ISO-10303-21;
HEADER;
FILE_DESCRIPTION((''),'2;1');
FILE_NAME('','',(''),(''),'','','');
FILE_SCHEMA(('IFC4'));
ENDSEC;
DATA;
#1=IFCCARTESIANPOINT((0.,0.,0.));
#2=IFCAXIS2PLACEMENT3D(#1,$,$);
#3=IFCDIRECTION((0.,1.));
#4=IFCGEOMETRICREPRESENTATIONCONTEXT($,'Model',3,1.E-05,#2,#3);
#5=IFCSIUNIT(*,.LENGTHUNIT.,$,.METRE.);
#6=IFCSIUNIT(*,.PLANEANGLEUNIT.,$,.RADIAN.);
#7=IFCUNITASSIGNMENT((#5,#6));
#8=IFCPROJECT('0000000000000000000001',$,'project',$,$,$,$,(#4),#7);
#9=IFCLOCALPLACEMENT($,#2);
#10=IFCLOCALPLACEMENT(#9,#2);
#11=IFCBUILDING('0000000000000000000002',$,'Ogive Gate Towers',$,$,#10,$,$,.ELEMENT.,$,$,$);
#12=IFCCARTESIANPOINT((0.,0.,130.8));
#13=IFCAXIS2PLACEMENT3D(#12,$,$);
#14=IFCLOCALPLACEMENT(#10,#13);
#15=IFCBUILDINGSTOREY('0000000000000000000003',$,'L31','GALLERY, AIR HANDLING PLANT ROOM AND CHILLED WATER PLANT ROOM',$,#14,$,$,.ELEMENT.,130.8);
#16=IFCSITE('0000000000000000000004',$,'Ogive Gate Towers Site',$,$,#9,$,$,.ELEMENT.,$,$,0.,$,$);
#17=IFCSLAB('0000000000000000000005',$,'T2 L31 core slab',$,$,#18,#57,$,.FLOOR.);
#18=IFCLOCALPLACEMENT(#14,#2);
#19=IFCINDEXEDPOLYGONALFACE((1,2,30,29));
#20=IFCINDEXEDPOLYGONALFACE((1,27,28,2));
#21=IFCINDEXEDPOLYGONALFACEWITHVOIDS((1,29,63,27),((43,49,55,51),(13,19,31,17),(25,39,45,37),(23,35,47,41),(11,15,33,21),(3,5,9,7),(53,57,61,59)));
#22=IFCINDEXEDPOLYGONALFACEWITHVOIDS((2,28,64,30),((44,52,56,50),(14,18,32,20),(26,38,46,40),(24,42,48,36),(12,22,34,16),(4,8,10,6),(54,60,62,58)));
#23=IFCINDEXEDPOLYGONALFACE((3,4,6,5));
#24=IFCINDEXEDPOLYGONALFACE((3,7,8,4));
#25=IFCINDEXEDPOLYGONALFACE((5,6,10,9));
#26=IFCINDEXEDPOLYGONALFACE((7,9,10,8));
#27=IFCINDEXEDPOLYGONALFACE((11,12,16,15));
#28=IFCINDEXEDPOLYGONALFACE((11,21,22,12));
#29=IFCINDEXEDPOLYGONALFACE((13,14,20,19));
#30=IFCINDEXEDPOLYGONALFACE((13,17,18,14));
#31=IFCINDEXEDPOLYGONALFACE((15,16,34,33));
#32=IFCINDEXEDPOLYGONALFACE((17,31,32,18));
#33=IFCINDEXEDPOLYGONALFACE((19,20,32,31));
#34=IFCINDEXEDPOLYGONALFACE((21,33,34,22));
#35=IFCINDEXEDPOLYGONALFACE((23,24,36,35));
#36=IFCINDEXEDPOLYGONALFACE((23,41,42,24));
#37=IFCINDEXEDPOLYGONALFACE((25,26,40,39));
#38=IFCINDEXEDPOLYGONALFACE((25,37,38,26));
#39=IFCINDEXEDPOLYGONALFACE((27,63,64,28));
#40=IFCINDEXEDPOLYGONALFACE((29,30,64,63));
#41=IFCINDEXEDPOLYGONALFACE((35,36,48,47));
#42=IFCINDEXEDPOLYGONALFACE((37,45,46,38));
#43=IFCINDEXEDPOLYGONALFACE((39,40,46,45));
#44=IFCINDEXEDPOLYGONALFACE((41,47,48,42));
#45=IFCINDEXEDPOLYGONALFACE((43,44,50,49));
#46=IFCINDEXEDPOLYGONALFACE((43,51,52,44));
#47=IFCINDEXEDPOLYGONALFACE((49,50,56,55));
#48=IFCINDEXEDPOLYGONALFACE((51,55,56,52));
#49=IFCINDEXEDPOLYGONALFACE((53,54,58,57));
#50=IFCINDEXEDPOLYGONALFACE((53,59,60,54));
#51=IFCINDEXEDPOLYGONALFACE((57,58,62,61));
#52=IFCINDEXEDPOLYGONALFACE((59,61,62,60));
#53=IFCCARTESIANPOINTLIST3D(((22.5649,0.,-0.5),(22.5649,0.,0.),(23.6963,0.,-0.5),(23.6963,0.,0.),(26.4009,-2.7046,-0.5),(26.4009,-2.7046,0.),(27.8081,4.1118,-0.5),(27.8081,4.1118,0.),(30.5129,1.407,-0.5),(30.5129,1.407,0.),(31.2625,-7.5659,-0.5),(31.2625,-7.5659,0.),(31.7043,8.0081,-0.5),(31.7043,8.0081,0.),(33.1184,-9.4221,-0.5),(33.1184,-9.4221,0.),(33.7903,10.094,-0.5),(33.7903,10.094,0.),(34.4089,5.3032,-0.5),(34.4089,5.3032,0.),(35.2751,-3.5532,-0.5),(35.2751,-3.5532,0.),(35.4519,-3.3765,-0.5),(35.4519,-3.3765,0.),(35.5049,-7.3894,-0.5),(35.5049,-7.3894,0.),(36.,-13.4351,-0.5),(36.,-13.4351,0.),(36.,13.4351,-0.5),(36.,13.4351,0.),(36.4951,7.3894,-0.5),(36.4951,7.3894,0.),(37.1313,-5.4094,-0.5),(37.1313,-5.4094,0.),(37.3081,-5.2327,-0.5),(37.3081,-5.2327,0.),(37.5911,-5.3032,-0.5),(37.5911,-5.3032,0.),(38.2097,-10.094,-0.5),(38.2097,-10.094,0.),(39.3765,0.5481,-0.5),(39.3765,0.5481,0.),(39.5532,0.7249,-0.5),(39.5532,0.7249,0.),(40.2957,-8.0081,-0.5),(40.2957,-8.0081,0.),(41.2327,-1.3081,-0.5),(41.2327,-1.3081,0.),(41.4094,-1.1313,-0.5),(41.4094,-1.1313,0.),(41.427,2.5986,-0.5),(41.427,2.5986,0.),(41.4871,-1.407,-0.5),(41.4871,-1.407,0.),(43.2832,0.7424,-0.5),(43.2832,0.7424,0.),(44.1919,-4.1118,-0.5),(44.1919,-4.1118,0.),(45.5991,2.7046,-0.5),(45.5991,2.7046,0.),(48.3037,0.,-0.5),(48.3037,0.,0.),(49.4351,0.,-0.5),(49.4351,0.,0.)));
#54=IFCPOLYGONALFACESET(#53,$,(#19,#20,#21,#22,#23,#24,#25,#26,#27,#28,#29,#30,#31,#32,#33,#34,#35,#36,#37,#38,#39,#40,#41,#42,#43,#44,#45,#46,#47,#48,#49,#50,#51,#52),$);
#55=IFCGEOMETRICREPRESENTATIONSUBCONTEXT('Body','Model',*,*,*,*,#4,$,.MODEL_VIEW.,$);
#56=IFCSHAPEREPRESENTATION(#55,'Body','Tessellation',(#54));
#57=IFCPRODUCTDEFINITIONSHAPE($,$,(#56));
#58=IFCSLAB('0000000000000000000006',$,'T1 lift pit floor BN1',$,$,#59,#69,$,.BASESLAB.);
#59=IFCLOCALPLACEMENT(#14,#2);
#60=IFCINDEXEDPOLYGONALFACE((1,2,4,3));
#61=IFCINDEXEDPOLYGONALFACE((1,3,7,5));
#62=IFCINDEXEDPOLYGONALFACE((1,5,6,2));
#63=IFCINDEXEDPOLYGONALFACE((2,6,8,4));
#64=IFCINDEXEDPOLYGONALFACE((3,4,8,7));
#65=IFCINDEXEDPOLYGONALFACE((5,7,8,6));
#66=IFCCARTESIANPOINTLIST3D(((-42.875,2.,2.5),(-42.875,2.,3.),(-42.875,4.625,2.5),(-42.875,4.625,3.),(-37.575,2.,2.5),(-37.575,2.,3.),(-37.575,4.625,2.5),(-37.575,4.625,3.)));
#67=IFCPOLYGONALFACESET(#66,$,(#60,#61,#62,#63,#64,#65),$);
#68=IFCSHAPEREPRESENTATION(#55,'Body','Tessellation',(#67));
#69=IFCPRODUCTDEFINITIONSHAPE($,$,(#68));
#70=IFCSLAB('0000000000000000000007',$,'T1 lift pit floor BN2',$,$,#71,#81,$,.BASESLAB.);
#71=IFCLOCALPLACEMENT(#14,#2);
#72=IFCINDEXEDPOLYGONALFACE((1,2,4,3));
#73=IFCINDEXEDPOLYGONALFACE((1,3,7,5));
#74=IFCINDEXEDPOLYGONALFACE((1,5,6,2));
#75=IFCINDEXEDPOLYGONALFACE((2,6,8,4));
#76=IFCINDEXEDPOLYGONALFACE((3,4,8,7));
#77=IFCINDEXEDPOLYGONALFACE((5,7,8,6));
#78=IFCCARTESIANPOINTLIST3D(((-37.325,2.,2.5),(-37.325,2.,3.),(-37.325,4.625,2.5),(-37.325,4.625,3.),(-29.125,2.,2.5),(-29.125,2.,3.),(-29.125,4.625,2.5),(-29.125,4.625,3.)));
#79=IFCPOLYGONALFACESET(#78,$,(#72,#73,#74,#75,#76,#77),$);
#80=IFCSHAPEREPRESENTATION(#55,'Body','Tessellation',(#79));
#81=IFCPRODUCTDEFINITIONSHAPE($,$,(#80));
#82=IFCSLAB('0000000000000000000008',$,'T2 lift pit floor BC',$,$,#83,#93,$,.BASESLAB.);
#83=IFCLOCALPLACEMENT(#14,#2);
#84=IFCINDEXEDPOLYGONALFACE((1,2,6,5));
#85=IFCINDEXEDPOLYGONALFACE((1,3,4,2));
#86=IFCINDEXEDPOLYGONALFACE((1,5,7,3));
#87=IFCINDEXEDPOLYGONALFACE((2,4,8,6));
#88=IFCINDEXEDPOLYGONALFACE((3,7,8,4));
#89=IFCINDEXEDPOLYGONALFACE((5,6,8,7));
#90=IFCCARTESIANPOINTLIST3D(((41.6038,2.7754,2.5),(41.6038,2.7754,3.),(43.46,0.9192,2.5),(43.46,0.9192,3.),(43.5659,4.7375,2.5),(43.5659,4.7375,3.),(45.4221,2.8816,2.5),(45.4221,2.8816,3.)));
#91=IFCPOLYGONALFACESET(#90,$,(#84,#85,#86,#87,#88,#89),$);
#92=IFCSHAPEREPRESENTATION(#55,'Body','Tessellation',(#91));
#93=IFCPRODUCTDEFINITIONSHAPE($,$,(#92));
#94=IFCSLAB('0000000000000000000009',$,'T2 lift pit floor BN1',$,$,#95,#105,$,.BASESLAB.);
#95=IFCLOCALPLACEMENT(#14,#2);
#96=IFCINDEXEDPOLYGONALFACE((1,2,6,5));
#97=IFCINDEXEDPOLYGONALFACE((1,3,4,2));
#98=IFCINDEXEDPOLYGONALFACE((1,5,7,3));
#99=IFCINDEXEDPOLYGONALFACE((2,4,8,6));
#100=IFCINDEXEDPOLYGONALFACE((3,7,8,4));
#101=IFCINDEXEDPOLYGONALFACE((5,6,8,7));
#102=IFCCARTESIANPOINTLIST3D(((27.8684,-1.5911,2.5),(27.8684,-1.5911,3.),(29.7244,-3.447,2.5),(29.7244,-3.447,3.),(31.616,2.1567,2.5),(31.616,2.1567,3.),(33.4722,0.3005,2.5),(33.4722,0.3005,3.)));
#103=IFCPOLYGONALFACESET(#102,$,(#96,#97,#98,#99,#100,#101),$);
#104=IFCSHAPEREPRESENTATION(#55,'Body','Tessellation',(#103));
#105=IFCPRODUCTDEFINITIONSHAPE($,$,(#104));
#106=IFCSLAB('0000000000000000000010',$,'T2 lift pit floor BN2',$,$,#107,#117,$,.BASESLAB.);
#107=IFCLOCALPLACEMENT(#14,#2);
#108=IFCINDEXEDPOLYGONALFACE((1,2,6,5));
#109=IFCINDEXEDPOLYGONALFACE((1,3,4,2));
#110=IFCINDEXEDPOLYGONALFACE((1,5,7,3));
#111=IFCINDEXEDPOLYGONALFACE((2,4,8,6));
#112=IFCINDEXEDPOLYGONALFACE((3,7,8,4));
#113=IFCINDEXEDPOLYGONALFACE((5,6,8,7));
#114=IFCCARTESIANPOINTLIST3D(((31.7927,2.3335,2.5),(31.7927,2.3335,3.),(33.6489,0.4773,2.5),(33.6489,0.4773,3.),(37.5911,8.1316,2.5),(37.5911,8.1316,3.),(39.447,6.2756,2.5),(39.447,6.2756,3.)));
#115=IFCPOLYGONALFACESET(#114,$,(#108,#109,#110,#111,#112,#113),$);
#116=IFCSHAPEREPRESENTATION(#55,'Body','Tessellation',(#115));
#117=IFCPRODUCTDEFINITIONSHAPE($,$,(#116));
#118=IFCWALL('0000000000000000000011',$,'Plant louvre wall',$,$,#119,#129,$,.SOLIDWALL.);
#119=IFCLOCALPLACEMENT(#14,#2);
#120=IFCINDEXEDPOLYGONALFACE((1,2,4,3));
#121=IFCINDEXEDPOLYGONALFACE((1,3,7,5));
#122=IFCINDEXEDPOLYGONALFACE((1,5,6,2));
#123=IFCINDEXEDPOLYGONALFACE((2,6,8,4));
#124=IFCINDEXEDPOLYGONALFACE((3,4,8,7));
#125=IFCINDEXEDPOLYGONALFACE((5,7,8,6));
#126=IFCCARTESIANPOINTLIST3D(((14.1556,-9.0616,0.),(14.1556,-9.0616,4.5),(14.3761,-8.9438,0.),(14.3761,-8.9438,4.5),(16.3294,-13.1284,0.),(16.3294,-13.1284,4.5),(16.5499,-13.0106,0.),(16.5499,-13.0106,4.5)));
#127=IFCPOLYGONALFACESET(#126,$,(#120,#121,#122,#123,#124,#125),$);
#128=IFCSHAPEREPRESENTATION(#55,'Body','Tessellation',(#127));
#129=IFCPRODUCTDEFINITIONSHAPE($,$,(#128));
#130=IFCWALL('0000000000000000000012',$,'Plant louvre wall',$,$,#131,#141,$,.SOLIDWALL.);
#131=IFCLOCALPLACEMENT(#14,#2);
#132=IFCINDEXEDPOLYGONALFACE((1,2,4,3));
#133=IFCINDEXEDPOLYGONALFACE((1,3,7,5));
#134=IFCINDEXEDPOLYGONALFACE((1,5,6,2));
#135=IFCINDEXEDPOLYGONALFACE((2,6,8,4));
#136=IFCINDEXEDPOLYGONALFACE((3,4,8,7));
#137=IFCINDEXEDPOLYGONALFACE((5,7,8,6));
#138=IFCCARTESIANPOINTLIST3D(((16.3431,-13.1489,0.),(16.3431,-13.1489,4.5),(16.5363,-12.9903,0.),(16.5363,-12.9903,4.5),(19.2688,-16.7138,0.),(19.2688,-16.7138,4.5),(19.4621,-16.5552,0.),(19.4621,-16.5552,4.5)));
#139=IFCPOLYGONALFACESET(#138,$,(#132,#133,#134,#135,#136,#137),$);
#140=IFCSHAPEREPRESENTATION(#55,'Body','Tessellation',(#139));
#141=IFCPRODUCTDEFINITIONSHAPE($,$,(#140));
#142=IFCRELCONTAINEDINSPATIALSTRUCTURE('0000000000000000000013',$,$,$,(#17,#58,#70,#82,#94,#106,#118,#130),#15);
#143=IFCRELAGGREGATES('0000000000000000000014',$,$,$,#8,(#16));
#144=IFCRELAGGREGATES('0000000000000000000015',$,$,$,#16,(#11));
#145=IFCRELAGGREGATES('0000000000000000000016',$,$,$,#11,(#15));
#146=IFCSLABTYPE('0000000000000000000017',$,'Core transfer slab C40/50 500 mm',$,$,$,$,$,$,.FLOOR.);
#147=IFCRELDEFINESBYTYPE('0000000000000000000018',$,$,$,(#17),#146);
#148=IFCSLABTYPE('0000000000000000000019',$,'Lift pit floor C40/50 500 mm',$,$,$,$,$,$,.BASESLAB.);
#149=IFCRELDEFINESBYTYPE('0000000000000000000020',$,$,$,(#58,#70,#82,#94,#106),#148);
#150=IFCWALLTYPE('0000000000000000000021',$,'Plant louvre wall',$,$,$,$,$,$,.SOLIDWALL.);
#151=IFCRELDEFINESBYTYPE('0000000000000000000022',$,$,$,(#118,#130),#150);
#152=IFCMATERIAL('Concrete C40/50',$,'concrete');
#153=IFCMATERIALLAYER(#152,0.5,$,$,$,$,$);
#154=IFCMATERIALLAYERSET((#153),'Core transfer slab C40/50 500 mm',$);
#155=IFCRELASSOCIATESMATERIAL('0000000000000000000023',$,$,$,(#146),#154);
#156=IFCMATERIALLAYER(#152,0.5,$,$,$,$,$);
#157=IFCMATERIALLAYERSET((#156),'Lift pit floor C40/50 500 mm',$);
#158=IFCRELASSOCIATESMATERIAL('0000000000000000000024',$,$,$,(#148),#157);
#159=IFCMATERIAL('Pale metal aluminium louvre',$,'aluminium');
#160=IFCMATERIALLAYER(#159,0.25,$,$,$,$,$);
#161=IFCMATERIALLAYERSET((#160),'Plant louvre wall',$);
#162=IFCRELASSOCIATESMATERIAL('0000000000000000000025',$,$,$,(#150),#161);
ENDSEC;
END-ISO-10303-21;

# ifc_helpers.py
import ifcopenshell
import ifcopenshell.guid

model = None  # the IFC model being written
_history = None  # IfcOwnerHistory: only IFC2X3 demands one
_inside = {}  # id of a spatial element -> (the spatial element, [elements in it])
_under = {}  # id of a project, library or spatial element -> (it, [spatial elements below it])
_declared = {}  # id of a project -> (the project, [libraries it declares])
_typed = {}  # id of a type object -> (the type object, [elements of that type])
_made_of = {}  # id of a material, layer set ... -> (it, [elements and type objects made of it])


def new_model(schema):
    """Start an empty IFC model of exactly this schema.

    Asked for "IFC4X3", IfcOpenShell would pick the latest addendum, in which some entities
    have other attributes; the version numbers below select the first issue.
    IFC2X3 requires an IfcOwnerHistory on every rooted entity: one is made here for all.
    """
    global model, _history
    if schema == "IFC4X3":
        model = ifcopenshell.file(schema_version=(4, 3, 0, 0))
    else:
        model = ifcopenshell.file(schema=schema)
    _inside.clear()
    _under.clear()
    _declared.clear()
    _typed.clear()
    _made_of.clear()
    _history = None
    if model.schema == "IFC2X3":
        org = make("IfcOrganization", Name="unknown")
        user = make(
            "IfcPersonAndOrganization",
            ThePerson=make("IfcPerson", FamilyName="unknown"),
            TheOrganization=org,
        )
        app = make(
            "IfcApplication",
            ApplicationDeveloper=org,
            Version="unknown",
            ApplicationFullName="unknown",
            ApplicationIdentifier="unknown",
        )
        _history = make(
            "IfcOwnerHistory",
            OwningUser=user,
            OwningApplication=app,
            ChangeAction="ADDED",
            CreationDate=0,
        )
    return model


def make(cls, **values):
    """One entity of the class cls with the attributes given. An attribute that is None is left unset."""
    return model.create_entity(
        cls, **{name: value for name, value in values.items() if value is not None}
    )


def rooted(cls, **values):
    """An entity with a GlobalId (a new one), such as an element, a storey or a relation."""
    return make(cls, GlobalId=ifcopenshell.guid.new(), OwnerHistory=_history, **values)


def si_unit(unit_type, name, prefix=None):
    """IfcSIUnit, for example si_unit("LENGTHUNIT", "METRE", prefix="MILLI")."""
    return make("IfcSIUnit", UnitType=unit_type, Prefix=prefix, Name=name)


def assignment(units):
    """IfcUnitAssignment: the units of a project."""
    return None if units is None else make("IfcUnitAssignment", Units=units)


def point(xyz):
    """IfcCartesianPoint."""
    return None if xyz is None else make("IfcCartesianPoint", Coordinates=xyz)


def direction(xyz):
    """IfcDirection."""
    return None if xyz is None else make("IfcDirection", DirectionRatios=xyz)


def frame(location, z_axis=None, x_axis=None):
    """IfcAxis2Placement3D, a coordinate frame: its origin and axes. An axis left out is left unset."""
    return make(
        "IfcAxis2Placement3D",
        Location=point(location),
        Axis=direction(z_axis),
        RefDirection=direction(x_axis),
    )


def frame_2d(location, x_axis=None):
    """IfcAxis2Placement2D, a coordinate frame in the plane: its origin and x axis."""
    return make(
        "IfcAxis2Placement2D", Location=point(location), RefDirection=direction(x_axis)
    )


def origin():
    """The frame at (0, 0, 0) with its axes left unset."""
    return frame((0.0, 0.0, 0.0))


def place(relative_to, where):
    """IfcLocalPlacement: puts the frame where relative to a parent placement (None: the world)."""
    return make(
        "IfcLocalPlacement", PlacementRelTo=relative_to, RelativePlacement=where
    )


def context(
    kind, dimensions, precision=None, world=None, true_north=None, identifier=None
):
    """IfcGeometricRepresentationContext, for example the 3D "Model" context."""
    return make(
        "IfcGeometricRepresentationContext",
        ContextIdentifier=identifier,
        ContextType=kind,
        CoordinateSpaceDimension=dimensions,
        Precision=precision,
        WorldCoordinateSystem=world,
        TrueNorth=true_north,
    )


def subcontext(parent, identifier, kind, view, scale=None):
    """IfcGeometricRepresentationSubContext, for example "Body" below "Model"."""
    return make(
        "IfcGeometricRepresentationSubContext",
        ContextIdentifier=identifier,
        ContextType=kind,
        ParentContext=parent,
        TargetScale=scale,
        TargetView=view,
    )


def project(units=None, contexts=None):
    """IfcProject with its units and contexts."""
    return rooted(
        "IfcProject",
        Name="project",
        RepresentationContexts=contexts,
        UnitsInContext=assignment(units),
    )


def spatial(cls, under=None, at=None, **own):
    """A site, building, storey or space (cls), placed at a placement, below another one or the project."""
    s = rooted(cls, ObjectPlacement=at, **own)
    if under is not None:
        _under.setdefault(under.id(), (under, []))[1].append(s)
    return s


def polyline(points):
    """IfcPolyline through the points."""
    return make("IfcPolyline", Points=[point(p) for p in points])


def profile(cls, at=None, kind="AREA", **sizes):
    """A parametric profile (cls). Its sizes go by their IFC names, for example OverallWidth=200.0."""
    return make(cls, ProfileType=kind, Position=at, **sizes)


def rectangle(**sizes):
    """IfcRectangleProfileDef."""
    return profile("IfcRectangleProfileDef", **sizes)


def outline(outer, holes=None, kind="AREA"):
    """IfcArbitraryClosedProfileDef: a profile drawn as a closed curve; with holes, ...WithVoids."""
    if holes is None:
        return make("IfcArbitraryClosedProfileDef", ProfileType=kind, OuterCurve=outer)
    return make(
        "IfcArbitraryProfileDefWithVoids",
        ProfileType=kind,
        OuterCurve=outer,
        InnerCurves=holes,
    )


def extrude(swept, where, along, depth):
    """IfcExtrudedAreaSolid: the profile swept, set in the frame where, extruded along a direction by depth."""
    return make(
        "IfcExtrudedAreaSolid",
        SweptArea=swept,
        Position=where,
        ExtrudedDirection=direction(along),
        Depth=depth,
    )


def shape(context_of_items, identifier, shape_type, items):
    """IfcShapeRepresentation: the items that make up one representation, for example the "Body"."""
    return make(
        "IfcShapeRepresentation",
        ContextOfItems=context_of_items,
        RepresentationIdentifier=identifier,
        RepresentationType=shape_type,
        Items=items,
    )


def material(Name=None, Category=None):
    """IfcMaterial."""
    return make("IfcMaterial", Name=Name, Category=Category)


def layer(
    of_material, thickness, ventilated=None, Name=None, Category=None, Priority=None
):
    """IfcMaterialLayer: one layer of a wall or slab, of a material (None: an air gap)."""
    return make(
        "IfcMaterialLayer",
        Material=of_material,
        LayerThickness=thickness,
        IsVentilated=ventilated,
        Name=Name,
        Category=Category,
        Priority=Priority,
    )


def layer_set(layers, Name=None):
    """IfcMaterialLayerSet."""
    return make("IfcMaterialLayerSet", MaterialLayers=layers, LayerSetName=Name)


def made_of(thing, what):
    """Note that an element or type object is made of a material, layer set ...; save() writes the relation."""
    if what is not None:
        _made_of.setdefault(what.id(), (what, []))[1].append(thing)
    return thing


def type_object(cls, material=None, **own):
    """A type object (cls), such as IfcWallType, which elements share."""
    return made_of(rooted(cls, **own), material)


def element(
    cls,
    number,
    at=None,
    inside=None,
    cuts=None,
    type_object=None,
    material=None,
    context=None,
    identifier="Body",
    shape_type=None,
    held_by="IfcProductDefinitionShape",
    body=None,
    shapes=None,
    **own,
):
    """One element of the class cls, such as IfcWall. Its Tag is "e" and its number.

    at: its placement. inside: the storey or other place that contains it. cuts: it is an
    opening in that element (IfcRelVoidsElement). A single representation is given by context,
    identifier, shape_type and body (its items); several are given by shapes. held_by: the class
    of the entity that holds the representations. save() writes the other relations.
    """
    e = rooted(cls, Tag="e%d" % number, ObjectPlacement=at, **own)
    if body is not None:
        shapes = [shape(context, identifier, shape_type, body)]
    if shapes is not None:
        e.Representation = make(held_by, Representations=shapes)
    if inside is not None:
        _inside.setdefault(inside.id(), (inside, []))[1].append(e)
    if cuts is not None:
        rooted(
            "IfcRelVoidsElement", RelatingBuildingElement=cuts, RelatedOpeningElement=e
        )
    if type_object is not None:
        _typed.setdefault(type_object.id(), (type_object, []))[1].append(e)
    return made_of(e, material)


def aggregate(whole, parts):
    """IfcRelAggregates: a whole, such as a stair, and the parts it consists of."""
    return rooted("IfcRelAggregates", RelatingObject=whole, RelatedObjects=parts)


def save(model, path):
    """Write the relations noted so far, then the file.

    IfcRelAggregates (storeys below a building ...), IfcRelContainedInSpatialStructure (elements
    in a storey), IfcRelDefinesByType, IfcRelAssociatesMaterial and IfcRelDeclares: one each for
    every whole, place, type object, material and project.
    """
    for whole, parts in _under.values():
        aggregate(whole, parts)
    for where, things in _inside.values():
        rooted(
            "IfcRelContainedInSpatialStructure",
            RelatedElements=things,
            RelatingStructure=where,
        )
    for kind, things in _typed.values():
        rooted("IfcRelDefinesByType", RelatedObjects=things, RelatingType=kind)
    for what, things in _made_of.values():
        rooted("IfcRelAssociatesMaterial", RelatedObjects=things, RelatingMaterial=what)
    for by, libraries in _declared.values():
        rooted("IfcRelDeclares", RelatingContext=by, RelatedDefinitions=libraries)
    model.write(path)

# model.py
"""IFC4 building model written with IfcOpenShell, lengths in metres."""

from ifc_helpers import new_model, si_unit, direction, frame, frame_2d, origin, place, context, subcontext, project, spatial, polyline, rectangle, outline, extrude, material, layer, layer_set, type_object, element, save


model = new_model("IFC4")

# Units and contexts
model_context = context("Model", 3, precision=1e-05, world=origin(), true_north=direction((0.0, 1.0)))
body_context = subcontext(model_context, "Body", "Model", "MODEL_VIEW")
ifc_project = project(units=[si_unit("LENGTHUNIT", "METRE"), si_unit("PLANEANGLEUNIT", "RADIAN")], contexts=[model_context])

# Site, building, storey
site_placement = place(None, origin())
site = spatial("IfcSite", under=ifc_project, at=site_placement, Name="Ogive Gate Towers Site", CompositionType="ELEMENT", RefElevation=0.0)
building_placement = place(site_placement, origin())
building = spatial("IfcBuilding", under=site, at=building_placement, Name="Ogive Gate Towers", CompositionType="ELEMENT")
storey_placement = place(building_placement, frame((0.0, 0.0, 130.8)))
storey = spatial("IfcBuildingStorey", under=building, at=storey_placement, Name="L31", Description="GALLERY, AIR HANDLING PLANT ROOM AND CHILLED WATER PLANT ROOM", CompositionType="ELEMENT", Elevation=130.8)

# Slabs
ifc_material_1 = material(Name="Concrete C40/50", Category="concrete")
ifc_layer_1 = layer(ifc_material_1, 0.5)
ifc_layer_set_1 = layer_set([ifc_layer_1], Name="Core transfer slab C40/50 500 mm")
slab_type_1 = type_object("IfcSlabType", Name="Core transfer slab C40/50 500 mm", PredefinedType="FLOOR", material=ifc_layer_set_1)
slab_1_placement = place(storey_placement, frame((0.0, 0.0, -0.5)))
element("IfcSlab", 1, at=slab_1_placement, inside=storey, type_object=slab_type_1, Name="T2 L31 core slab", PredefinedType="FLOOR", context=body_context, shape_type="SweptSolid", body=[
    extrude(outline(polyline([(49.4351, 0.0), (36.0, -13.4351), (22.5649, 0.0), (36.0, 13.4351), (49.4351, 0.0)]), holes=[polyline([(31.2625, -7.5659), (33.1184, -9.4221), (37.1313, -5.4094), (35.2751, -3.5532), (31.2625, -7.5659)]), polyline([(39.3765, 0.5481), (35.4519, -3.3765), (37.3081, -5.2327), (41.2327, -1.3081), (39.3765, 0.5481)]), polyline([(43.2832, 0.7424), (41.427, 2.5986), (39.5532, 0.7249), (41.4094, -1.1313), (43.2832, 0.7424)]), polyline([(34.4089, 5.3032), (36.4951, 7.3894), (33.7903, 10.094), (31.7043, 8.0081), (34.4089, 5.3032)]), polyline([(35.5049, -7.3894), (38.2097, -10.094), (40.2957, -8.0081), (37.5911, -5.3032), (35.5049, -7.3894)]), polyline([(26.4009, -2.7046), (30.5129, 1.407), (27.8081, 4.1118), (23.6963, 0.0), (26.4009, -2.7046)]), polyline([(48.3037, 0.0), (45.5991, 2.7046), (41.4871, -1.407), (44.1919, -4.1118), (48.3037, 0.0)])]), origin(), (0.0, 0.0, 1.0), 0.5),
])
ifc_layer_2 = layer(ifc_material_1, 0.5)
ifc_layer_set_2 = layer_set([ifc_layer_2], Name="Lift pit floor C40/50 500 mm")
slab_type_2 = type_object("IfcSlabType", Name="Lift pit floor C40/50 500 mm", PredefinedType="BASESLAB", material=ifc_layer_set_2)
slab_2_placement = place(storey_placement, frame((0.0, 0.0, 2.5)))
element("IfcSlab", 2, at=slab_2_placement, inside=storey, type_object=slab_type_2, Name="T1 lift pit floor BN1", PredefinedType="BASESLAB", context=body_context, shape_type="SweptSolid", body=[
    extrude(outline(polyline([(-42.875, 2.0), (-37.575, 2.0), (-37.575, 4.625), (-42.875, 4.625), (-42.875, 2.0)])), origin(), (0.0, 0.0, 1.0), 0.5),
])
slab_3_placement = place(storey_placement, frame((0.0, 0.0, 2.5)))
element("IfcSlab", 3, at=slab_3_placement, inside=storey, type_object=slab_type_2, Name="T1 lift pit floor BN2", PredefinedType="BASESLAB", context=body_context, shape_type="SweptSolid", body=[
    extrude(outline(polyline([(-37.325, 2.0), (-29.125, 2.0), (-29.125, 4.625), (-37.325, 4.625), (-37.325, 2.0)])), origin(), (0.0, 0.0, 1.0), 0.5),
])
slab_4_placement = place(storey_placement, frame((0.0, 0.0, 2.5)))
element("IfcSlab", 4, at=slab_4_placement, inside=storey, type_object=slab_type_2, Name="T2 lift pit floor BC", PredefinedType="BASESLAB", context=body_context, shape_type="SweptSolid", body=[
    extrude(outline(polyline([(43.46, 0.9192), (45.4221, 2.8816), (43.5659, 4.7375), (41.6038, 2.7754), (43.46, 0.9192)])), origin(), (0.0, 0.0, 1.0), 0.5),
])
slab_5_placement = place(storey_placement, frame((0.0, 0.0, 2.5)))
element("IfcSlab", 5, at=slab_5_placement, inside=storey, type_object=slab_type_2, Name="T2 lift pit floor BN1", PredefinedType="BASESLAB", context=body_context, shape_type="SweptSolid", body=[
    extrude(outline(polyline([(29.7244, -3.447), (33.4722, 0.3005), (31.616, 2.1567), (27.8684, -1.5911), (29.7244, -3.447)])), origin(), (0.0, 0.0, 1.0), 0.5),
])
slab_6_placement = place(storey_placement, frame((0.0, 0.0, 2.5)))
element("IfcSlab", 6, at=slab_6_placement, inside=storey, type_object=slab_type_2, Name="T2 lift pit floor BN2", PredefinedType="BASESLAB", context=body_context, shape_type="SweptSolid", body=[
    extrude(outline(polyline([(33.6489, 0.4773), (39.447, 6.2756), (37.5911, 8.1316), (31.7927, 2.3335), (33.6489, 0.4773)])), origin(), (0.0, 0.0, 1.0), 0.5),
])

# Walls
ifc_material_2 = material(Name="Pale metal aluminium louvre", Category="aluminium")
ifc_layer_3 = layer(ifc_material_2, 0.25)
ifc_layer_set_3 = layer_set([ifc_layer_3], Name="Plant louvre wall")
wall_type = type_object("IfcWallType", Name="Plant louvre wall", PredefinedType="SOLIDWALL", material=ifc_layer_set_3)
wall_1_placement = place(storey_placement, frame((14.2659, -9.0027, 0.0), z_axis=(0.0, 0.0, 1.0), x_axis=(0.471401, -0.881919, 0.0)))
element("IfcWall", 7, at=wall_1_placement, inside=storey, type_object=wall_type, Name="Plant louvre wall", PredefinedType="SOLIDWALL", context=body_context, shape_type="SweptSolid", body=[
    extrude(rectangle(XDim=4.6113, YDim=0.25, at=frame_2d((2.3057, 0.0))), origin(), (0.0, 0.0, 1.0), 4.5),
])
wall_2_placement = place(storey_placement, frame((16.4397, -13.0696, 0.0), z_axis=(0.0, 0.0, 1.0), x_axis=(0.634407, -0.772999, 0.0)))
element("IfcWall", 8, at=wall_2_placement, inside=storey, type_object=wall_type, Name="Plant louvre wall", PredefinedType="SOLIDWALL", context=body_context, shape_type="SweptSolid", body=[
    extrude(rectangle(XDim=4.6118, YDim=0.25, at=frame_2d((2.3059, 0.0))), origin(), (0.0, 0.0, 1.0), 4.5),
])

save(model, "model.ifc")
